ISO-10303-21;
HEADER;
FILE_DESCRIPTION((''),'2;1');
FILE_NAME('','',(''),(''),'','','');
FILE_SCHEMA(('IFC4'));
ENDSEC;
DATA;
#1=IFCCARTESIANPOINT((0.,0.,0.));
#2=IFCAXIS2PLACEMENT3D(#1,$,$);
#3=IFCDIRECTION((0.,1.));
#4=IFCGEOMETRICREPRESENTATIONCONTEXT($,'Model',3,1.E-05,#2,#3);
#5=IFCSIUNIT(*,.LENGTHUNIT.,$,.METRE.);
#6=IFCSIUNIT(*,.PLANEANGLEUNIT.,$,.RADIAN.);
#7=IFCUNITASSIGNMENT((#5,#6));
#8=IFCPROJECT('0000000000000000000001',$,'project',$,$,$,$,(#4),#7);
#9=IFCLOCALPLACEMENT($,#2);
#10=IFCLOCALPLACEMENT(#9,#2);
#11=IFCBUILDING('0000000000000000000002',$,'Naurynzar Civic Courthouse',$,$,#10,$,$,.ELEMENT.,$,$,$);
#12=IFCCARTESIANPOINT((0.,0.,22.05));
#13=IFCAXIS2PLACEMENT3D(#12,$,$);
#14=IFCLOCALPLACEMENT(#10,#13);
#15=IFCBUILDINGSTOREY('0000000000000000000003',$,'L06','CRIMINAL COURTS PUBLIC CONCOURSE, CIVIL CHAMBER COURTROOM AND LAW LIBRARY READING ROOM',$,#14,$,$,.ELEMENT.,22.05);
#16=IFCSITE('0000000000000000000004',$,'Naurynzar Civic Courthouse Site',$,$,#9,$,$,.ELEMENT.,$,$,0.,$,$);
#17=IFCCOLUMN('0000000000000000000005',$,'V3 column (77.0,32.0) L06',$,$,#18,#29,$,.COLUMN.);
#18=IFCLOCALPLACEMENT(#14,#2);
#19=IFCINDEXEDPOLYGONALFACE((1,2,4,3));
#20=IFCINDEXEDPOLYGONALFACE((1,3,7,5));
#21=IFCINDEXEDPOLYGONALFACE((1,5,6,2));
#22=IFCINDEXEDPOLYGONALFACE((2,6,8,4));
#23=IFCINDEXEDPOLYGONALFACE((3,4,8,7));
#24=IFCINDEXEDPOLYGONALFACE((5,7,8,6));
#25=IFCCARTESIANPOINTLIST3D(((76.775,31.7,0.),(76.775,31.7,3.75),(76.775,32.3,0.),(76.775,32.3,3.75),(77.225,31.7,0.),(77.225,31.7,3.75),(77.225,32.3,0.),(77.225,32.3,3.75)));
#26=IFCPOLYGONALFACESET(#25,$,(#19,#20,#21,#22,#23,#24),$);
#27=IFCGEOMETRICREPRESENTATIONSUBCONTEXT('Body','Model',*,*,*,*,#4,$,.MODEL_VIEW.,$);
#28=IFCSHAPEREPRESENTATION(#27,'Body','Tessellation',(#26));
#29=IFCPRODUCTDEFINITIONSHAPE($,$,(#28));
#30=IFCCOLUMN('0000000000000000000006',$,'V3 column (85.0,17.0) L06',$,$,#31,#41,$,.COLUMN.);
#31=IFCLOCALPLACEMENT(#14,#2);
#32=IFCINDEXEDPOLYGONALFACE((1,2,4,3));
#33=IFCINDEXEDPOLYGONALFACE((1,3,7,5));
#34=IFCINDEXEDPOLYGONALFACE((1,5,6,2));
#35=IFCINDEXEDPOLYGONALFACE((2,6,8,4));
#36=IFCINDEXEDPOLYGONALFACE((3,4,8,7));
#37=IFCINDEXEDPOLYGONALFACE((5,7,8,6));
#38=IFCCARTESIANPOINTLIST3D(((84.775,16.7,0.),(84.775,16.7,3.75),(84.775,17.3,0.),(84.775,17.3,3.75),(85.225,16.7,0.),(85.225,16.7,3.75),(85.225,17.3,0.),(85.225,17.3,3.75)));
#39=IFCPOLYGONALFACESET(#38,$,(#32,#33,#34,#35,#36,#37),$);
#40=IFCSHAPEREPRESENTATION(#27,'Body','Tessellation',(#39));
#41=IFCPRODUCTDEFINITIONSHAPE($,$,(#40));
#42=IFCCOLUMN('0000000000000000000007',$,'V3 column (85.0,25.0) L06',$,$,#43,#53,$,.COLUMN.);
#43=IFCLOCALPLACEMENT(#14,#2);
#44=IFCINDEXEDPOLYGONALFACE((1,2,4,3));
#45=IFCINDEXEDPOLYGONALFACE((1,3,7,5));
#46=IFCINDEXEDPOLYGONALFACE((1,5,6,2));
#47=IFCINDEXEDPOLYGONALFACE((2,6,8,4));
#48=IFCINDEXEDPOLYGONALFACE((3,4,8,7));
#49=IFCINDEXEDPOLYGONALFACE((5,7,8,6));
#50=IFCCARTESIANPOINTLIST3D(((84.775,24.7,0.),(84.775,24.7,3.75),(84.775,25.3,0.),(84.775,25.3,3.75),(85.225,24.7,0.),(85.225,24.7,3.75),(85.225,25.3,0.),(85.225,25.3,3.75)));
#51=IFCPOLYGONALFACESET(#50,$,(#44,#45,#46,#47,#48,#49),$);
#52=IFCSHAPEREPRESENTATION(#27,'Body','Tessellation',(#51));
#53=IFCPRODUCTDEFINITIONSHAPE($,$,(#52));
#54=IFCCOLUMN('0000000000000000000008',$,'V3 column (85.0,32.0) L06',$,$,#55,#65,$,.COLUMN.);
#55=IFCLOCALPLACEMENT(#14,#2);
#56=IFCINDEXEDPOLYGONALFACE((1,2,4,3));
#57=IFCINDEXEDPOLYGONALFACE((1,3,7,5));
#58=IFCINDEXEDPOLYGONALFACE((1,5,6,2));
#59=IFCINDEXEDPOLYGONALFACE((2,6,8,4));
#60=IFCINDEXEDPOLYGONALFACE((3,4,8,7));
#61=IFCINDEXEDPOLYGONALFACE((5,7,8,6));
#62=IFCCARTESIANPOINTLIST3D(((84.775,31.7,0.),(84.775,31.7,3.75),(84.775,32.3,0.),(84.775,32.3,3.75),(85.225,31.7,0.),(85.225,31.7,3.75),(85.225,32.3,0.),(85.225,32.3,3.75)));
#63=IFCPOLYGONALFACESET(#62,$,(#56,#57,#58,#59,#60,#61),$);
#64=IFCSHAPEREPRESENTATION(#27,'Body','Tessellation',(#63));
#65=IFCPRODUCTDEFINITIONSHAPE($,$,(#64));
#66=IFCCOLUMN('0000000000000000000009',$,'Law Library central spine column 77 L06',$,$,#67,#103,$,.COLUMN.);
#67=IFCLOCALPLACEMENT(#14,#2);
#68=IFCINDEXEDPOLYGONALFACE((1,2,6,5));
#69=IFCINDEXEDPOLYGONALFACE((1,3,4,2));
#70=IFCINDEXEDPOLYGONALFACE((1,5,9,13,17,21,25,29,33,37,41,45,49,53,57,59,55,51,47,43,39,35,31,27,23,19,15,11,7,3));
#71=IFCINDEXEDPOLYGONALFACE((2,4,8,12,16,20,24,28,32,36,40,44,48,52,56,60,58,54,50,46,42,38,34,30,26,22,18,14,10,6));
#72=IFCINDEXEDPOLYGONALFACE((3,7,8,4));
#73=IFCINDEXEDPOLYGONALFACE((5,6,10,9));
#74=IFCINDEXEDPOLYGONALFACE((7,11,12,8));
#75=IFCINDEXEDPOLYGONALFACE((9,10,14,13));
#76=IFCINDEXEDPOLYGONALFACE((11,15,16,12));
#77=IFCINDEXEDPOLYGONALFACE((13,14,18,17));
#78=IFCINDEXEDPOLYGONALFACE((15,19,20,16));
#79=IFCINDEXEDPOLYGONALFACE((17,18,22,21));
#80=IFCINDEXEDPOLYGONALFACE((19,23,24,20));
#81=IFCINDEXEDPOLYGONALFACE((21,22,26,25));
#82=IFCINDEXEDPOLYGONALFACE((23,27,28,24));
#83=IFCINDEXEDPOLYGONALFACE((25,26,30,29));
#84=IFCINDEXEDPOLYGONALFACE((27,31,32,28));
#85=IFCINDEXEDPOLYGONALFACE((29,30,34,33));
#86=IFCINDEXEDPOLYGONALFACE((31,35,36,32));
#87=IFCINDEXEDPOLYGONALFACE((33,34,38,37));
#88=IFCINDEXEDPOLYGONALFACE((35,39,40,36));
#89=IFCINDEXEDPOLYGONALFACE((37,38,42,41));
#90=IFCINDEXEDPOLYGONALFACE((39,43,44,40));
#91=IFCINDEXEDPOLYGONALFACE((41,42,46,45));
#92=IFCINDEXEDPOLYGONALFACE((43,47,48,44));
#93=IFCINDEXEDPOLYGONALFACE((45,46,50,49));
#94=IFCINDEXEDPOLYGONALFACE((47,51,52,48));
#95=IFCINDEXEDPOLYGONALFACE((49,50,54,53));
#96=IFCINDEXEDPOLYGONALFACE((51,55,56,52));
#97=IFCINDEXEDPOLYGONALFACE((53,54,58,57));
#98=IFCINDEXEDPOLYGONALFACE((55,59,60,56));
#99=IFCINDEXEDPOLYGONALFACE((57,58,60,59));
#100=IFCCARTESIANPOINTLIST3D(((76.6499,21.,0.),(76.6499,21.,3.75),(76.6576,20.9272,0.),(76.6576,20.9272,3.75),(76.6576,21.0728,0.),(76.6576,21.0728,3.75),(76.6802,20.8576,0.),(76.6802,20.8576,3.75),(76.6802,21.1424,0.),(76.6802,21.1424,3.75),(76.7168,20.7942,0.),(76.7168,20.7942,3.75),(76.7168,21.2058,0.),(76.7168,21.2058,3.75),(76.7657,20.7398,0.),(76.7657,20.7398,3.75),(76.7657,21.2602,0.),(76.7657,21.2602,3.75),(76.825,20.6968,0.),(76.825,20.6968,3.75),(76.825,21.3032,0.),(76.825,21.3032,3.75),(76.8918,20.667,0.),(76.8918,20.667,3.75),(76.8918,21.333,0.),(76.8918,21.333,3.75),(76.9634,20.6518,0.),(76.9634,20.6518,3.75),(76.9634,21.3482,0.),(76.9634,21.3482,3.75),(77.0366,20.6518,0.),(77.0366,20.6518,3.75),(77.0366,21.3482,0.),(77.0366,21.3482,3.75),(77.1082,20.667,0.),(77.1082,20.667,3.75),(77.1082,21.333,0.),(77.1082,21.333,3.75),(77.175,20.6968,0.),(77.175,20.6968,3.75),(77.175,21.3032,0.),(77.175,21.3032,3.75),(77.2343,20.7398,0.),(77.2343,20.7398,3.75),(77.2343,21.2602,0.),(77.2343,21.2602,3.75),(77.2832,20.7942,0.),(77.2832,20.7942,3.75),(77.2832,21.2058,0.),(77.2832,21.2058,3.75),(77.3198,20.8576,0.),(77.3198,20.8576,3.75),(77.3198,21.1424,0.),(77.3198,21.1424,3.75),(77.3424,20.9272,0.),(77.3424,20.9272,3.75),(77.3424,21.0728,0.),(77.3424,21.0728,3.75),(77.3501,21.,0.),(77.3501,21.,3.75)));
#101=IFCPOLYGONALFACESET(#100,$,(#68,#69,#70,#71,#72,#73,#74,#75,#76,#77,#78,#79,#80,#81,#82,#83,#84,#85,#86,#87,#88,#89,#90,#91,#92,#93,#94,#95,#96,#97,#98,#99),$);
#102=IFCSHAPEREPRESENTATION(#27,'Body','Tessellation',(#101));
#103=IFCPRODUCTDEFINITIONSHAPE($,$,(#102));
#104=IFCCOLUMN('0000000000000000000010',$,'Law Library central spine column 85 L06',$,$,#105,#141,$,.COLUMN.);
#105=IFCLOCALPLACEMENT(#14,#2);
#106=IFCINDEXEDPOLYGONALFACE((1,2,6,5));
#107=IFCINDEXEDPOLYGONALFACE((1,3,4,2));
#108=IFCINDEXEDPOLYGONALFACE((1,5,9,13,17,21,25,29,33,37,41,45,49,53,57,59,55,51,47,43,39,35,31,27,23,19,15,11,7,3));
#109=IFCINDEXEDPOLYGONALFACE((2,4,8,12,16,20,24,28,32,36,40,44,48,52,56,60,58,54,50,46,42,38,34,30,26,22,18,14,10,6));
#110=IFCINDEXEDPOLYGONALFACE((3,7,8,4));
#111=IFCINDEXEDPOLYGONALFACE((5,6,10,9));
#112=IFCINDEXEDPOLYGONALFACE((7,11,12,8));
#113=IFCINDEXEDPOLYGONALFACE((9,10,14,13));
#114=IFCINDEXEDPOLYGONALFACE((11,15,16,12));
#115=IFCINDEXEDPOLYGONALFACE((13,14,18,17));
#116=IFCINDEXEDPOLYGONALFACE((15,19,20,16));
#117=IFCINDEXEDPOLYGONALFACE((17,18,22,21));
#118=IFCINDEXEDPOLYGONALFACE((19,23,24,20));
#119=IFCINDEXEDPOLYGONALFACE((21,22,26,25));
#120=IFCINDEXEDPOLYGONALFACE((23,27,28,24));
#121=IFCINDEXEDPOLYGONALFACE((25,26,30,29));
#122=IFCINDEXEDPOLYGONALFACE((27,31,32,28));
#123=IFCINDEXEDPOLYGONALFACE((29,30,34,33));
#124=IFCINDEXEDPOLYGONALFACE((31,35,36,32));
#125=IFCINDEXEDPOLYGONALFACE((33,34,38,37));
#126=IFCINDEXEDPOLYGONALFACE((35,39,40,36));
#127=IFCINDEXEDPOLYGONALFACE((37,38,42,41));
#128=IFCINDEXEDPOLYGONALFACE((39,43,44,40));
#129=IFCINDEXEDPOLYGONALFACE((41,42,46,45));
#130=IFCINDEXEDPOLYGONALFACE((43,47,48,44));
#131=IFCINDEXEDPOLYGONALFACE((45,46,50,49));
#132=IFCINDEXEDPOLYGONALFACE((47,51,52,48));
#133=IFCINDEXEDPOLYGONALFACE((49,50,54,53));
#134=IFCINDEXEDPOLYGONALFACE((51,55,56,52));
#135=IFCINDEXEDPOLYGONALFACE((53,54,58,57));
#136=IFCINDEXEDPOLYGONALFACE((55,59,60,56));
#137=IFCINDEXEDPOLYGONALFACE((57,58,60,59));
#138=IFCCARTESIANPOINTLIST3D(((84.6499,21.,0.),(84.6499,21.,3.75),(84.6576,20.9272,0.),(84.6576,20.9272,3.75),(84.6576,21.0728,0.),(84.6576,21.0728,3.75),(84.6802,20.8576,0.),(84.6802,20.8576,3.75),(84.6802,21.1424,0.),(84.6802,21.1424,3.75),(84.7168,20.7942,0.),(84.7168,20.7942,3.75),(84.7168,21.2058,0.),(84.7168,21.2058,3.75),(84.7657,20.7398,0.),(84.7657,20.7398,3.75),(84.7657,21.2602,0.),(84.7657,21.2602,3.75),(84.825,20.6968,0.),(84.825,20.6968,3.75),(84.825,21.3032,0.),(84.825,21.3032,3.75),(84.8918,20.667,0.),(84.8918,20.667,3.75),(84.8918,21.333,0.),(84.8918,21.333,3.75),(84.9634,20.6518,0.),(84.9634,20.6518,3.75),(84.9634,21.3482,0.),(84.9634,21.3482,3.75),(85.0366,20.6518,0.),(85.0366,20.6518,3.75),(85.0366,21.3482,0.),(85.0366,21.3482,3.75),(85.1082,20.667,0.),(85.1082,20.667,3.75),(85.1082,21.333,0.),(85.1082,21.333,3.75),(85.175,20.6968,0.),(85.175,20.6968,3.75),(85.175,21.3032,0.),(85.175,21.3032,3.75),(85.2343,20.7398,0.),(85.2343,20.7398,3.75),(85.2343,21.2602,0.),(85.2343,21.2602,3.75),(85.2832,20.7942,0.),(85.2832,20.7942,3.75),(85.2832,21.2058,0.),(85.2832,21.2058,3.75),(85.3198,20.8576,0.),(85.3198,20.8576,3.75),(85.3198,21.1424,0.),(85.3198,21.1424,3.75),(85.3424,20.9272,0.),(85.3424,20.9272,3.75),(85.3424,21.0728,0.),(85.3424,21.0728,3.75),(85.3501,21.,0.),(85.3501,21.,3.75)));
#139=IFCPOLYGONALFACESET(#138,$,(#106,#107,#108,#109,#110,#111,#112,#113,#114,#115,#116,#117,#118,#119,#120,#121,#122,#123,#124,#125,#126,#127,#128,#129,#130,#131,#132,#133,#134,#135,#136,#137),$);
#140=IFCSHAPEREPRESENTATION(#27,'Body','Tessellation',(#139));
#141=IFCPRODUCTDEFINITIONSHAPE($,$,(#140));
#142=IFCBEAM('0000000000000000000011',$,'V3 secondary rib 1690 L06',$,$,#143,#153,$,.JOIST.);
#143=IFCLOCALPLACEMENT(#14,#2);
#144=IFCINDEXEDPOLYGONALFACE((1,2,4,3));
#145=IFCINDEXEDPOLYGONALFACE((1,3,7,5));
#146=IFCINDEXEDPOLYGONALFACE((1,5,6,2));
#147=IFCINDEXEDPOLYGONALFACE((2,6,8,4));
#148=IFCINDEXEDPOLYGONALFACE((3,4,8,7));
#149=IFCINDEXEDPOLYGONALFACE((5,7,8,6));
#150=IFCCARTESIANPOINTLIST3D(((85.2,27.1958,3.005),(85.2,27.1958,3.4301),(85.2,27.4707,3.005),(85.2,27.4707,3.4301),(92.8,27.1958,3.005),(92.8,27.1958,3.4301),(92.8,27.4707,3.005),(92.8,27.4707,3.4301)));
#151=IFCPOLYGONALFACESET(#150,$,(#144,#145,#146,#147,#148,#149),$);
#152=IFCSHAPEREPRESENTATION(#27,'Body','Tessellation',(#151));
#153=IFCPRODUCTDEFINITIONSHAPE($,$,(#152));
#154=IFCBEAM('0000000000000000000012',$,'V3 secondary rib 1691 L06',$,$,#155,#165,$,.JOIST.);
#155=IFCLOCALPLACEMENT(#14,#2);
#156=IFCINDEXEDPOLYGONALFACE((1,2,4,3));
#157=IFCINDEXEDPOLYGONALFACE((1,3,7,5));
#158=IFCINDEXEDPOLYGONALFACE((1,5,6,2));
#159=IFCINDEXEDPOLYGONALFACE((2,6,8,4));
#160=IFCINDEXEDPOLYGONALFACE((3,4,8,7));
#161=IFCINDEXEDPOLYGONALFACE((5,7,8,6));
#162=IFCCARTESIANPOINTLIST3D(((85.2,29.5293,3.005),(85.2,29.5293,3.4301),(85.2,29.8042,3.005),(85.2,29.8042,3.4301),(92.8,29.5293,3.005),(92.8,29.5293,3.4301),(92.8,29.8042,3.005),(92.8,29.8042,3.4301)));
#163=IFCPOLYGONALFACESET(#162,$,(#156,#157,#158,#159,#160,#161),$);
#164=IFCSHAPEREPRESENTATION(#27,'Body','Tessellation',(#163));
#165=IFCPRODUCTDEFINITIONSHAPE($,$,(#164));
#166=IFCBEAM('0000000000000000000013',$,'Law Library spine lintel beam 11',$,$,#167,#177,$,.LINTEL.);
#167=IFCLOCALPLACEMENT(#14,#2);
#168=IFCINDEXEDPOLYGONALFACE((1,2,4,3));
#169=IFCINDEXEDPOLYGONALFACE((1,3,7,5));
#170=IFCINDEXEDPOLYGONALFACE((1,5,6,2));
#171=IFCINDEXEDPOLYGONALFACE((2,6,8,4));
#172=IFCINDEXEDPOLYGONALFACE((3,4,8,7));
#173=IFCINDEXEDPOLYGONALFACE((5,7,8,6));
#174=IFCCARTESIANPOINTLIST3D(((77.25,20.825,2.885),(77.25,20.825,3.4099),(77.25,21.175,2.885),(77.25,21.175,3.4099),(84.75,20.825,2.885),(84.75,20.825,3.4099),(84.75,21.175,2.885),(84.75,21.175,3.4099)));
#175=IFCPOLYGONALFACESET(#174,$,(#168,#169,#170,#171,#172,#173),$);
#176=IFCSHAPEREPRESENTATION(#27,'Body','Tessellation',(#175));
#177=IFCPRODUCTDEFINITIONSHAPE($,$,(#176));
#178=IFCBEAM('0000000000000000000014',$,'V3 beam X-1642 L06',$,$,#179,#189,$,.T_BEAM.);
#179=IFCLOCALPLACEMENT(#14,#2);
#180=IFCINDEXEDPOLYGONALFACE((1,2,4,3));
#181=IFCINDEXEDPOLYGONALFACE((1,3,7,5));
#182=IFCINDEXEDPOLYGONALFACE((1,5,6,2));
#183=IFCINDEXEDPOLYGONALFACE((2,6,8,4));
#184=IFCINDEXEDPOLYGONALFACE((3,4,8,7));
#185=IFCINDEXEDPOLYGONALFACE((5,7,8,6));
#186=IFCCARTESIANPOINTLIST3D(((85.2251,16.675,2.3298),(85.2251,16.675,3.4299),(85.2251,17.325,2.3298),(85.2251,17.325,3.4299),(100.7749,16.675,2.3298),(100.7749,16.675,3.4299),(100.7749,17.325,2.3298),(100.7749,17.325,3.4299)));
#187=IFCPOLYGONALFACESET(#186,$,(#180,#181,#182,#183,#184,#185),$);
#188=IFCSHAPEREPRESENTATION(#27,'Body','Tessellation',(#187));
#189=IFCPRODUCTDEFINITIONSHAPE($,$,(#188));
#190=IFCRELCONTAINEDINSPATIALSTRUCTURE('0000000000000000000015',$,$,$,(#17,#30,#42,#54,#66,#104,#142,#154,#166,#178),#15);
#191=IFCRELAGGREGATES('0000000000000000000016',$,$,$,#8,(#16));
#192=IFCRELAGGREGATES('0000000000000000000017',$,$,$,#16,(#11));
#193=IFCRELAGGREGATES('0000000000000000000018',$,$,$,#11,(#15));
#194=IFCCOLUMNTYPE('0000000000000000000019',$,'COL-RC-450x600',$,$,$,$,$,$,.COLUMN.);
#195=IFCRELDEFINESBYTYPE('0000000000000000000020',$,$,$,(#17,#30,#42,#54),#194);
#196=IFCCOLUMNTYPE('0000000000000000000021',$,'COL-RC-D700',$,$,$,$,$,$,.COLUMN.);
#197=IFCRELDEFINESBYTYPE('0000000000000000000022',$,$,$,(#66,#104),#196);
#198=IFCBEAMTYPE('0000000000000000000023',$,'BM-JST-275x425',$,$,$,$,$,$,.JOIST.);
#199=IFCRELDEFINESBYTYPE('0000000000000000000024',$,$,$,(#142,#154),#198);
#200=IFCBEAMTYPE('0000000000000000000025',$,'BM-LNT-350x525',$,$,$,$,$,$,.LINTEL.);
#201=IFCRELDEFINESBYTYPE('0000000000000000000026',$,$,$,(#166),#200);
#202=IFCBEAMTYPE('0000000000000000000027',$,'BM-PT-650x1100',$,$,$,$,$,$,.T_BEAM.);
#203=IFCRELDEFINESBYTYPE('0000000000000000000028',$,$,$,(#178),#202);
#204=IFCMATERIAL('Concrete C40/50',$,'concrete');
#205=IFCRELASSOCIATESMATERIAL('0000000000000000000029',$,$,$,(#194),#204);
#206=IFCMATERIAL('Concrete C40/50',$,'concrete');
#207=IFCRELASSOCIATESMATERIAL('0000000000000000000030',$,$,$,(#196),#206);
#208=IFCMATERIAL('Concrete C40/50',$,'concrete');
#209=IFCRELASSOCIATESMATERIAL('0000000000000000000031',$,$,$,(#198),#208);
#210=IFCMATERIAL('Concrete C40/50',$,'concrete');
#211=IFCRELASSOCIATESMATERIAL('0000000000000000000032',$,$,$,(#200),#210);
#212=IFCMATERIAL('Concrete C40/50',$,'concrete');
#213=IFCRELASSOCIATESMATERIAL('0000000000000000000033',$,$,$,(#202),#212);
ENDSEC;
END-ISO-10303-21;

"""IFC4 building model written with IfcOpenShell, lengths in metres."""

from ifc_helpers import new_model, si_unit, direction, frame, origin, origin_2d, place, context, subcontext, project, spatial, rectangle, circle, extrude, material, material_profile, profile_set, type_object, element, save


model = new_model("IFC4")

# Units and contexts
model_context = context("Model", 3, precision=1e-05, world=origin(), true_north=direction((0.0, 1.0)))
body_context = subcontext(model_context, "Body", "Model", "MODEL_VIEW")
ifc_project = project(units=[si_unit("LENGTHUNIT", "METRE"), si_unit("PLANEANGLEUNIT", "RADIAN")], contexts=[model_context])

# Site, building, storey
site_placement = place(None, origin())
site = spatial("IfcSite", under=ifc_project, at=site_placement, Name="Naurynzar Civic Courthouse Site", CompositionType="ELEMENT", RefElevation=0.0)
building_placement = place(site_placement, origin())
building = spatial("IfcBuilding", under=site, at=building_placement, Name="Naurynzar Civic Courthouse", CompositionType="ELEMENT")
storey_placement = place(building_placement, frame((0.0, 0.0, 22.05)))
storey = spatial("IfcBuildingStorey", under=building, at=storey_placement, Name="L06", Description="CRIMINAL COURTS PUBLIC CONCOURSE, CIVIL CHAMBER COURTROOM AND LAW LIBRARY READING ROOM", CompositionType="ELEMENT", Elevation=22.05)

# Columns
ifc_material_1 = material(Name="Concrete C40/50", Category="concrete")
ifc_material_profile_1 = material_profile(ifc_material_1, rectangle(XDim=0.45, YDim=0.6001, at=origin_2d()), Name="RC 450x600")
ifc_profile_set_1 = profile_set([ifc_material_profile_1], Name="Concrete C40/50")
column_type_1 = type_object("IfcColumnType", Name="COL-RC-450x600", PredefinedType="COLUMN", material=ifc_profile_set_1)
for number, where, z_axis, x_axis, name in (
    (1, (77.0, 32.0, 0.0), (0.0, 0.0, 1.0), (1.0, 0.0, 0.0), "V3 column (77.0,32.0) L06"),
    (2, (85.0, 17.0, 0.0), (0.0, 0.0, 1.0), (1.0, 0.0, 0.0), "V3 column (85.0,17.0) L06"),
    (3, (85.0, 25.0, 0.0), (0.0, 0.0, 1.0), (1.0, 0.0, 0.0), "V3 column (85.0,25.0) L06"),
    (4, (85.0, 32.0, 0.0), (0.0, 0.0, 1.0), (1.0, 0.0, 0.0), "V3 column (85.0,32.0) L06"),
):
    element("IfcColumn", number, at=place(storey_placement, frame(where, z_axis=z_axis, x_axis=x_axis)), inside=storey, type_object=column_type_1, Name=name, PredefinedType="COLUMN", context=body_context, shape_type="SweptSolid", body=[
        extrude(rectangle(XDim=0.45, YDim=0.6001, at=origin_2d()), origin(), (0.0, 0.0, 1.0), 3.75),
    ])
ifc_material_2 = material(Name="Concrete C40/50", Category="concrete")
ifc_material_profile_2 = material_profile(ifc_material_2, circle(Radius=0.3501, at=origin_2d()), Name="RC D700")
ifc_profile_set_2 = profile_set([ifc_material_profile_2], Name="Concrete C40/50")
column_type_2 = type_object("IfcColumnType", Name="COL-RC-D700", PredefinedType="COLUMN", material=ifc_profile_set_2)
for number, where, z_axis, x_axis, name in (
    (5, (77.0, 21.0, 0.0), (0.0, 0.0, 1.0), (1.0, 0.0, 0.0), "Law Library central spine column 77 L06"),
    (6, (85.0, 21.0, 0.0), (0.0, 0.0, 1.0), (1.0, 0.0, 0.0), "Law Library central spine column 85 L06"),
):
    element("IfcColumn", number, at=place(storey_placement, frame(where, z_axis=z_axis, x_axis=x_axis)), inside=storey, type_object=column_type_2, Name=name, PredefinedType="COLUMN", context=body_context, shape_type="SweptSolid", body=[
        extrude(circle(Radius=0.3501, at=origin_2d()), origin(), (0.0, 0.0, 1.0), 3.75),
    ])

# Beams
ifc_material_3 = material(Name="Concrete C40/50", Category="concrete")
ifc_material_profile_3 = material_profile(ifc_material_3, rectangle(XDim=0.2749, YDim=0.425, at=origin_2d()), Name="RCB 275x425")
ifc_profile_set_3 = profile_set([ifc_material_profile_3], Name="Concrete C40/50")
beam_type_1 = type_object("IfcBeamType", Name="BM-JST-275x425", PredefinedType="JOIST", material=ifc_profile_set_3)
for number, where, z_axis, x_axis, name in (
    (7, (85.2, 27.3333, 3.2175), (1.0, 0.0, 0.0), (0.0, 1.0, 0.0), "V3 secondary rib 1690 L06"),
    (8, (85.2, 29.6667, 3.2175), (1.0, 0.0, 0.0), (0.0, 1.0, 0.0), "V3 secondary rib 1691 L06"),
):
    element("IfcBeam", number, at=place(storey_placement, frame(where, z_axis=z_axis, x_axis=x_axis)), inside=storey, type_object=beam_type_1, Name=name, PredefinedType="JOIST", context=body_context, shape_type="SweptSolid", body=[
        extrude(rectangle(XDim=0.2749, YDim=0.425, at=origin_2d()), origin(), (0.0, 0.0, 1.0), 7.6001),
    ])
ifc_material_4 = material(Name="Concrete C40/50", Category="concrete")
ifc_material_profile_4 = material_profile(ifc_material_4, rectangle(XDim=0.3501, YDim=0.5249, at=origin_2d()), Name="RCB 350x525")
ifc_profile_set_4 = profile_set([ifc_material_profile_4], Name="Concrete C40/50")
beam_type_2 = type_object("IfcBeamType", Name="BM-LNT-350x525", PredefinedType="LINTEL", material=ifc_profile_set_4)
beam_1_placement = place(storey_placement, frame((77.25, 21.0, 3.1475), z_axis=(1.0, 0.0, 0.0), x_axis=(0.0, 1.0, 0.0)))
element("IfcBeam", 9, at=beam_1_placement, inside=storey, type_object=beam_type_2, Name="Law Library spine lintel beam 11", PredefinedType="LINTEL", context=body_context, shape_type="SweptSolid", body=[
    extrude(rectangle(XDim=0.3501, YDim=0.5249, at=origin_2d()), origin(), (0.0, 0.0, 1.0), 7.5),
])
ifc_material_5 = material(Name="Concrete C40/50", Category="concrete")
ifc_material_profile_5 = material_profile(ifc_material_5, rectangle(XDim=0.6499, YDim=1.1001, at=origin_2d()), Name="PTB 650x1100")
ifc_profile_set_5 = profile_set([ifc_material_profile_5], Name="Concrete C40/50")
beam_type_3 = type_object("IfcBeamType", Name="BM-PT-650x1100", PredefinedType="T_BEAM", material=ifc_profile_set_5)
beam_2_placement = place(storey_placement, frame((85.2251, 17.0, 2.8799), z_axis=(1.0, 0.0, 0.0), x_axis=(0.0, 1.0, 0.0)))
element("IfcBeam", 10, at=beam_2_placement, inside=storey, type_object=beam_type_3, Name="V3 beam X-1642 L06", PredefinedType="T_BEAM", context=body_context, shape_type="SweptSolid", body=[
    extrude(rectangle(XDim=0.6499, YDim=1.1001, at=origin_2d()), origin(), (0.0, 0.0, 1.0), 15.5498),
])

save(model, "model.ifc")
